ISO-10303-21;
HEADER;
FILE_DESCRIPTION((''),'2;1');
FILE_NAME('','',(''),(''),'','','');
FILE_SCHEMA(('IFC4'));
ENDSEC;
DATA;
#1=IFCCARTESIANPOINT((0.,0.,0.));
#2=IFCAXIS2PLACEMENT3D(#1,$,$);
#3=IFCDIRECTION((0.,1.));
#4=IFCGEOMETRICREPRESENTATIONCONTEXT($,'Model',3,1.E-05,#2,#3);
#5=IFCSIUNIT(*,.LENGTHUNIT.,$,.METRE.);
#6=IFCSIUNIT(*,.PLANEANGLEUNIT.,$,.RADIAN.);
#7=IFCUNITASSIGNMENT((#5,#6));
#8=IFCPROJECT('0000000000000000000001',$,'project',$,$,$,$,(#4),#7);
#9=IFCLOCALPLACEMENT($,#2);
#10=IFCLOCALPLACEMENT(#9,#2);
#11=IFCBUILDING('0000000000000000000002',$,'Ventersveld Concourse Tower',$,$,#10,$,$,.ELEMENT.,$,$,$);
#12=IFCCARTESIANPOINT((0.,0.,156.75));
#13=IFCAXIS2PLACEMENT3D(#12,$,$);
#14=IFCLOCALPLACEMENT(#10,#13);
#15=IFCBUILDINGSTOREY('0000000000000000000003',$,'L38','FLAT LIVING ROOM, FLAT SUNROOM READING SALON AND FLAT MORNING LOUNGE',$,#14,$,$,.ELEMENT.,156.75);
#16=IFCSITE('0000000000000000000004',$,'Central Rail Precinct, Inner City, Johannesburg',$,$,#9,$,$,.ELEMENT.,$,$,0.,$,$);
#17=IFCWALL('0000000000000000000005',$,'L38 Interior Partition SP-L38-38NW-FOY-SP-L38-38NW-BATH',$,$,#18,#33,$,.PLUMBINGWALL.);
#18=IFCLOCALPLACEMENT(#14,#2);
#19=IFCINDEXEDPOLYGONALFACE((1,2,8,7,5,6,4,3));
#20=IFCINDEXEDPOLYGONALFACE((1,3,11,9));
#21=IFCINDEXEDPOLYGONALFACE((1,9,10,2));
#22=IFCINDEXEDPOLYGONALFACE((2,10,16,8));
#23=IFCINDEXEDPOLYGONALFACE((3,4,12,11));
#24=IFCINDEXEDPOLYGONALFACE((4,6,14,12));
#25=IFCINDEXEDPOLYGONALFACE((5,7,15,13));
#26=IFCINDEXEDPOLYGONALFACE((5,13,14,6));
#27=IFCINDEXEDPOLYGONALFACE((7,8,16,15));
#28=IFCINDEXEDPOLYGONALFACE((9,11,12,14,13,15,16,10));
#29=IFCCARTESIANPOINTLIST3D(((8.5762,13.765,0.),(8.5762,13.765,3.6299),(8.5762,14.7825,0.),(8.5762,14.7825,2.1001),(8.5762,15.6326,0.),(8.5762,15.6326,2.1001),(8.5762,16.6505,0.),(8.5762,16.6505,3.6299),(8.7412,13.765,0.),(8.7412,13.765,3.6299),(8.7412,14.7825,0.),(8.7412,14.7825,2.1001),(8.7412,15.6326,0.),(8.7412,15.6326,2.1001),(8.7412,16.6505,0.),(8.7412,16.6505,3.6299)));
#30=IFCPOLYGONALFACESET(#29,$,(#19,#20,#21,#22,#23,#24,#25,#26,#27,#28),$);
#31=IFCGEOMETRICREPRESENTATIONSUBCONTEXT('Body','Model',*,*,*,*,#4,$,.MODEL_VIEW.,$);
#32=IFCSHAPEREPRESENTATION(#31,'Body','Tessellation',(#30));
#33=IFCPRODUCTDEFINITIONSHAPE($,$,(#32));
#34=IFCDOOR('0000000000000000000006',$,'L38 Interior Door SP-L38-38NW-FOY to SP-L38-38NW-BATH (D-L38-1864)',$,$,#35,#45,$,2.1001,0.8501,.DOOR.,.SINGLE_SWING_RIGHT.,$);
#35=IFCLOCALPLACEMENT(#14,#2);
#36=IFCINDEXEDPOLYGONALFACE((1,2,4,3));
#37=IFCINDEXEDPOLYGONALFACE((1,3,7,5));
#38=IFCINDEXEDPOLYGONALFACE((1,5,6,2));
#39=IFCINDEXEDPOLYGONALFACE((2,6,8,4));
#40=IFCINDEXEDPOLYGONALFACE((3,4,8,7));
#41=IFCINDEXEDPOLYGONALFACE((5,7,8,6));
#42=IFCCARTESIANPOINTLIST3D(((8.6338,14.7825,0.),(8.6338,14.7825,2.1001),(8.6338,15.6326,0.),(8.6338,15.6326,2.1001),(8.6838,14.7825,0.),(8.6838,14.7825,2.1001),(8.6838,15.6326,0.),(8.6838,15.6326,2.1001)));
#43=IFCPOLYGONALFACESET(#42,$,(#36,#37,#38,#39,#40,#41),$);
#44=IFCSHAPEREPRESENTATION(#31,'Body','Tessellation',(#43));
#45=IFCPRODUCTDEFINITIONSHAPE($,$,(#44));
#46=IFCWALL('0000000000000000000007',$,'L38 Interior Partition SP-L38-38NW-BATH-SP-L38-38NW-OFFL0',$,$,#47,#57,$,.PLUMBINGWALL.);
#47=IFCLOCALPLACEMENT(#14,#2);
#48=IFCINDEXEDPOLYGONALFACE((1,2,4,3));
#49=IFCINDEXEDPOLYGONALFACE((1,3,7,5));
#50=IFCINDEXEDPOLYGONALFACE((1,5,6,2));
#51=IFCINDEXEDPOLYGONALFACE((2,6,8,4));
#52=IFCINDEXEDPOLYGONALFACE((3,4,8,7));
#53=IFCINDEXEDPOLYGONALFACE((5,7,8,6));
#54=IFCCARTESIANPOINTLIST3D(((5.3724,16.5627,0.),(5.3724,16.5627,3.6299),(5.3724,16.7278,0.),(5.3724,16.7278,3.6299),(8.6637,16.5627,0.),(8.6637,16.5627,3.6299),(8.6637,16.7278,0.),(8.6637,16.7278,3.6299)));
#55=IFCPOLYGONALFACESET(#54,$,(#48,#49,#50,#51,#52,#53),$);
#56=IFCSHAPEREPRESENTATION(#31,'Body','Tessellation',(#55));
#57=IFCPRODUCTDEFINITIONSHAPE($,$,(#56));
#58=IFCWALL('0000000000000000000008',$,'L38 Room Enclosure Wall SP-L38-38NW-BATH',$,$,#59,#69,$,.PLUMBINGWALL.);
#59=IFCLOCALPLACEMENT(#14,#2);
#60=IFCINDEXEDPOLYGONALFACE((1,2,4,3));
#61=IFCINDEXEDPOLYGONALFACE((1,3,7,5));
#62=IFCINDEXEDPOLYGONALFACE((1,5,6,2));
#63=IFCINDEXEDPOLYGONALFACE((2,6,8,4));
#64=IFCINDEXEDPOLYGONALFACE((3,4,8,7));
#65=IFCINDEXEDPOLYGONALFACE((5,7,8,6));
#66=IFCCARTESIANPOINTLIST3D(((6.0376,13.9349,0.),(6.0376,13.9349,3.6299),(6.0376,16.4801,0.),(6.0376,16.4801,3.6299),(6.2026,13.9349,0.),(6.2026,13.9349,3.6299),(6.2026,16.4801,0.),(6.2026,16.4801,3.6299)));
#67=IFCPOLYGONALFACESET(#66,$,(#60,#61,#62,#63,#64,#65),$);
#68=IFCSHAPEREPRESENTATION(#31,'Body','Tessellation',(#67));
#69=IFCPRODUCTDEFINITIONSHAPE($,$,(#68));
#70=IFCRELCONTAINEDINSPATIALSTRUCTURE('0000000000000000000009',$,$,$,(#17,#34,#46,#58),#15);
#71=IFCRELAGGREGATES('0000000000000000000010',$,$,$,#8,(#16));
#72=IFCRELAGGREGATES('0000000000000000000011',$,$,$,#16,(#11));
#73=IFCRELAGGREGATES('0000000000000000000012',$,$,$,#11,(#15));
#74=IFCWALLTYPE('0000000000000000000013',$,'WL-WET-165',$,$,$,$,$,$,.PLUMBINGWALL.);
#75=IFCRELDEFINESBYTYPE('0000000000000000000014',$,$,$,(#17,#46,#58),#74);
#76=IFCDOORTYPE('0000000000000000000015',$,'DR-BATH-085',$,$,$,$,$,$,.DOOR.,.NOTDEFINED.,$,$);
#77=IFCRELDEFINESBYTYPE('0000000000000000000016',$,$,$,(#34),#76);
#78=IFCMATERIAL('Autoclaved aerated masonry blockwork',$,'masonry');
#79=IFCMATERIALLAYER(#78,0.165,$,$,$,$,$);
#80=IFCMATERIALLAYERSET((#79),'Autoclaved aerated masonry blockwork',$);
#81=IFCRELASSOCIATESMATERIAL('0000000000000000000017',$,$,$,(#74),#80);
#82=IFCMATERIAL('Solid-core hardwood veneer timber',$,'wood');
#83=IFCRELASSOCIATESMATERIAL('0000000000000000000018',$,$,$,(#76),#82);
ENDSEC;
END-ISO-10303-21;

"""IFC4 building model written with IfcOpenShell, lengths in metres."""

from ifc_helpers import new_model, si_unit, direction, frame, frame_2d, origin, place, context, subcontext, project, spatial, rectangle, extrude, material, layer, layer_set, type_object, element, fill, save


model = new_model("IFC4")

# Units and contexts
model_context = context("Model", 3, precision=1e-05, world=origin(), true_north=direction((0.0, 1.0)))
body_context = subcontext(model_context, "Body", "Model", "MODEL_VIEW")
ifc_project = project(units=[si_unit("LENGTHUNIT", "METRE"), si_unit("PLANEANGLEUNIT", "RADIAN")], contexts=[model_context])

# Site, building, storey
site_placement = place(None, origin())
site = spatial("IfcSite", under=ifc_project, at=site_placement, Name="Central Rail Precinct, Inner City, Johannesburg", CompositionType="ELEMENT", RefElevation=0.0)
building_placement = place(site_placement, origin())
building = spatial("IfcBuilding", under=site, at=building_placement, Name="Ventersveld Concourse Tower", CompositionType="ELEMENT")
storey_placement = place(building_placement, frame((0.0, 0.0, 156.75)))
storey = spatial("IfcBuildingStorey", under=building, at=storey_placement, Name="L38", Description="FLAT LIVING ROOM, FLAT SUNROOM READING SALON AND FLAT MORNING LOUNGE", CompositionType="ELEMENT", Elevation=156.75)

# Shared definitions
ifc_material_1 = material(Name="Solid-core hardwood veneer timber", Category="wood")

# Shared definitions
ifc_material_2 = material(Name="Autoclaved aerated masonry blockwork", Category="masonry")

# Wall, opening, door
ifc_layer_1 = layer(ifc_material_2, 0.165)
ifc_layer_set_1 = layer_set([ifc_layer_1], Name="Autoclaved aerated masonry blockwork")
wall_type_1 = type_object("IfcWallType", Name="WL-WET-165", PredefinedType="PLUMBINGWALL", material=ifc_layer_set_1)
wall_1_placement = place(storey_placement, frame((8.6587, 13.7649, 0.0), z_axis=(0.0, 0.0, 1.0), x_axis=(0.0, 1.0, 0.0)))
wall_1 = element("IfcWall", 1, at=wall_1_placement, inside=storey, type_object=wall_type_1, Name="L38 Interior Partition SP-L38-38NW-FOY-SP-L38-38NW-BATH", PredefinedType="PLUMBINGWALL", context=body_context, shape_type="SweptSolid", body=[
    extrude(rectangle(XDim=2.8855, YDim=0.165, at=frame_2d((1.4429, 0.0))), origin(), (0.0, 0.0, 1.0), 3.6299),
])
opening_1_placement = place(wall_1_placement, frame((1.0176, 0.0, 0.0)))
opening_1 = element("IfcOpeningElement", 2, at=opening_1_placement, cuts=wall_1, PredefinedType="OPENING", context=body_context, shape_type="SweptSolid", body=[
    extrude(rectangle(XDim=0.8501, YDim=2.1001, at=frame_2d((0.425, 1.05))), frame((0.0, 0.0925, 0.0), z_axis=(0.0, -1.0, 0.0), x_axis=(1.0, 0.0, 0.0)), (0.0, 0.0, 1.0), 0.1851),
])
door_type_1 = type_object("IfcDoorType", Name="DR-BATH-085", OperationType="NOTDEFINED", PredefinedType="DOOR", material=ifc_material_1)
door_1_placement = place(opening_1_placement, origin())
door_1 = element("IfcDoor", 3, at=door_1_placement, inside=storey, type_object=door_type_1, Name="L38 Interior Door SP-L38-38NW-FOY to SP-L38-38NW-BATH (D-L38-1864)", OperationType="SINGLE_SWING_RIGHT", OverallHeight=2.1001, OverallWidth=0.8501, PredefinedType="DOOR", context=body_context, shape_type="SweptSolid", body=[
    extrude(rectangle(XDim=0.8501, YDim=2.1001, at=frame_2d((0.425, 1.05))), frame((0.0, 0.0249, 0.0), z_axis=(0.0, -1.0, 0.0), x_axis=(1.0, 0.0, 0.0)), (0.0, 0.0, 1.0), 0.05),
])
fill(opening_1, door_1)

# Walls
wall_2_placement = place(storey_placement, frame((5.3726, 16.6453, 0.0), z_axis=(0.0, 0.0, 1.0), x_axis=(1.0, 0.0, 0.0)))
element("IfcWall", 4, at=wall_2_placement, inside=storey, type_object=wall_type_1, Name="L38 Interior Partition SP-L38-38NW-BATH-SP-L38-38NW-OFFL0", PredefinedType="PLUMBINGWALL", context=body_context, shape_type="SweptSolid", body=[
    extrude(rectangle(XDim=3.2913, YDim=0.165, at=frame_2d((1.6455, 0.0))), origin(), (0.0, 0.0, 1.0), 3.6299),
])
wall_3_placement = place(storey_placement, frame((6.1201, 13.9351, 0.0), z_axis=(0.0, 0.0, 1.0), x_axis=(0.0, 1.0, 0.0)))
element("IfcWall", 5, at=wall_3_placement, inside=storey, type_object=wall_type_1, Name="L38 Room Enclosure Wall SP-L38-38NW-BATH", PredefinedType="PLUMBINGWALL", context=body_context, shape_type="SweptSolid", body=[
    extrude(rectangle(XDim=2.5452, YDim=0.165, at=frame_2d((1.2725, 0.0))), origin(), (0.0, 0.0, 1.0), 3.6299),
])

save(model, "model.ifc")
